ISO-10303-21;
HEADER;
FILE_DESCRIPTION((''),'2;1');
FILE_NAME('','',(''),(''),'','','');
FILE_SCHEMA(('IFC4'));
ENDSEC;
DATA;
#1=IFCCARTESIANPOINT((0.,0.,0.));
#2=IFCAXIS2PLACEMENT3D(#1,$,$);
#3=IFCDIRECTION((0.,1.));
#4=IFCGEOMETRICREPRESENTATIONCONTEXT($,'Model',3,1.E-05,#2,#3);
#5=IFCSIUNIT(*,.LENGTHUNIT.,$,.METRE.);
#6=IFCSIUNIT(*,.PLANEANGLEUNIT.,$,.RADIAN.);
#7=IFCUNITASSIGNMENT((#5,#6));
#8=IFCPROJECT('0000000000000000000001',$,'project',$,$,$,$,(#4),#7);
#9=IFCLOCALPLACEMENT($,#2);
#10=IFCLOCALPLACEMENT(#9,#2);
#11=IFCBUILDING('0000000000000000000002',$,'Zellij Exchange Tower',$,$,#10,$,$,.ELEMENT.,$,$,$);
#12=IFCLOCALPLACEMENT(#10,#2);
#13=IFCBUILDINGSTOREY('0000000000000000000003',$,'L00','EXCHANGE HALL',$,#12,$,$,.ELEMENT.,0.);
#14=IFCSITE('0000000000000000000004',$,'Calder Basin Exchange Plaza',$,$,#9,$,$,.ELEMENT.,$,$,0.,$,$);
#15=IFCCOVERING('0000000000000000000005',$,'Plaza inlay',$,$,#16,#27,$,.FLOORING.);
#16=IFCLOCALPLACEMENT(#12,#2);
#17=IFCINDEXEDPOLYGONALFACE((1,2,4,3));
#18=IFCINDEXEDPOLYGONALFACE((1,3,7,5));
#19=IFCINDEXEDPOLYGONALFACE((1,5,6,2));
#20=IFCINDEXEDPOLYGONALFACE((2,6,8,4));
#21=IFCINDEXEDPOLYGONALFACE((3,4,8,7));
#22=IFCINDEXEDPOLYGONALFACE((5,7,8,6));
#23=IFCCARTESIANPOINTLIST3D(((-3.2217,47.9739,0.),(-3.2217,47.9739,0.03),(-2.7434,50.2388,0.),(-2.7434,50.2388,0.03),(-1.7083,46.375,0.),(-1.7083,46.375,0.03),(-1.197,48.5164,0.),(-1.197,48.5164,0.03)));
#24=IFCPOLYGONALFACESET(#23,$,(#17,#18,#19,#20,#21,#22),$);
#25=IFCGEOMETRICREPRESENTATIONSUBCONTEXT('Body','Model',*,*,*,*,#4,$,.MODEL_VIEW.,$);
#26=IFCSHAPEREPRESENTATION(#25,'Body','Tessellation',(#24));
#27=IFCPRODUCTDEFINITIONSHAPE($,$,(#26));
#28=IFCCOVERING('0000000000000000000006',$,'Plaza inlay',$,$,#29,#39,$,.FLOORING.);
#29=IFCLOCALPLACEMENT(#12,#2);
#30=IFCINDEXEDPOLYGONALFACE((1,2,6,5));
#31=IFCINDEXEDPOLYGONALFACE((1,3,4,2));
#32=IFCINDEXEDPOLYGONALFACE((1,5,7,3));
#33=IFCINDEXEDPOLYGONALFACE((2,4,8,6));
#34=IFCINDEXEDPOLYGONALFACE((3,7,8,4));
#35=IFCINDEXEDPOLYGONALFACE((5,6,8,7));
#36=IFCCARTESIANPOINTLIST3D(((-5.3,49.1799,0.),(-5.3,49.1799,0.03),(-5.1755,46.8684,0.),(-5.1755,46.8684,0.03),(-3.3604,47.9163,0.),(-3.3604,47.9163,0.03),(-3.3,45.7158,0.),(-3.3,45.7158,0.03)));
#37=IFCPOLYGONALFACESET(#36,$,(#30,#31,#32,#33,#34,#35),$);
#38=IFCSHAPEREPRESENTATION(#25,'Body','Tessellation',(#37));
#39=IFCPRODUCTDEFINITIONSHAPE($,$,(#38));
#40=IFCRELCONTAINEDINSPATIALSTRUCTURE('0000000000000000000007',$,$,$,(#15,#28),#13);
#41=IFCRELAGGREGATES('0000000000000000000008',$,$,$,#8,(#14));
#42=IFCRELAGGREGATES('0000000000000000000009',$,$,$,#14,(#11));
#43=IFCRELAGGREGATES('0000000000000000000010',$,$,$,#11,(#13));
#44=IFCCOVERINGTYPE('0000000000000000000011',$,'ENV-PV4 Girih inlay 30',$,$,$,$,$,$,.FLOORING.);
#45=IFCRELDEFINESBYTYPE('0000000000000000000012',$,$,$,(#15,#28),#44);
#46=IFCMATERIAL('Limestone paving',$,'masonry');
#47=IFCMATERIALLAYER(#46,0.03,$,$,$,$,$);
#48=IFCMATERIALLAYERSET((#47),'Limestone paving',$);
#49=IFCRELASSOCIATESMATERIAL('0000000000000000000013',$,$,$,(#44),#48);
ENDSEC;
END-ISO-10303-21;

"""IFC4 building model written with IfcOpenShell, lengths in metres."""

from ifc_helpers import new_model, si_unit, direction, origin, place, context, subcontext, project, spatial, polyline, outline, extrude, material, layer, layer_set, type_object, element, save


model = new_model("IFC4")

# Units and contexts
model_context = context("Model", 3, precision=1e-05, world=origin(), true_north=direction((0.0, 1.0)))
body_context = subcontext(model_context, "Body", "Model", "MODEL_VIEW")
ifc_project = project(units=[si_unit("LENGTHUNIT", "METRE"), si_unit("PLANEANGLEUNIT", "RADIAN")], contexts=[model_context])

# Site, building, storey
site_placement = place(None, origin())
site = spatial("IfcSite", under=ifc_project, at=site_placement, Name="Calder Basin Exchange Plaza", CompositionType="ELEMENT", RefElevation=0.0)
building_placement = place(site_placement, origin())
building = spatial("IfcBuilding", under=site, at=building_placement, Name="Zellij Exchange Tower", CompositionType="ELEMENT")
storey_placement = place(building_placement, origin())
storey = spatial("IfcBuildingStorey", under=building, at=storey_placement, Name="L00", Description="EXCHANGE HALL", CompositionType="ELEMENT", Elevation=0.0)

# Coverings
ifc_material = material(Name="Limestone paving", Category="masonry")
ifc_layer = layer(ifc_material, 0.03)
ifc_layer_set = layer_set([ifc_layer], Name="Limestone paving")
covering_type = type_object("IfcCoveringType", Name="ENV-PV4 Girih inlay 30", PredefinedType="FLOORING", material=ifc_layer_set)
covering_1_placement = place(storey_placement, origin())
element("IfcCovering", 1, at=covering_1_placement, inside=storey, type_object=covering_type, Name="Plaza inlay", PredefinedType="FLOORING", context=body_context, shape_type="SweptSolid", body=[
    extrude(outline(polyline([(-1.7083, 46.375), (-3.2217, 47.9739), (-2.7434, 50.2388), (-1.197, 48.5164), (-1.7083, 46.375)])), origin(), (0.0, 0.0, 1.0), 0.03),
])
covering_2_placement = place(storey_placement, origin())
element("IfcCovering", 2, at=covering_2_placement, inside=storey, type_object=covering_type, Name="Plaza inlay", PredefinedType="FLOORING", context=body_context, shape_type="SweptSolid", body=[
    extrude(outline(polyline([(-3.3, 45.7158), (-5.1755, 46.8684), (-5.3, 49.1799), (-3.3604, 47.9163), (-3.3, 45.7158)])), origin(), (0.0, 0.0, 1.0), 0.03),
])

save(model, "model.ifc")
